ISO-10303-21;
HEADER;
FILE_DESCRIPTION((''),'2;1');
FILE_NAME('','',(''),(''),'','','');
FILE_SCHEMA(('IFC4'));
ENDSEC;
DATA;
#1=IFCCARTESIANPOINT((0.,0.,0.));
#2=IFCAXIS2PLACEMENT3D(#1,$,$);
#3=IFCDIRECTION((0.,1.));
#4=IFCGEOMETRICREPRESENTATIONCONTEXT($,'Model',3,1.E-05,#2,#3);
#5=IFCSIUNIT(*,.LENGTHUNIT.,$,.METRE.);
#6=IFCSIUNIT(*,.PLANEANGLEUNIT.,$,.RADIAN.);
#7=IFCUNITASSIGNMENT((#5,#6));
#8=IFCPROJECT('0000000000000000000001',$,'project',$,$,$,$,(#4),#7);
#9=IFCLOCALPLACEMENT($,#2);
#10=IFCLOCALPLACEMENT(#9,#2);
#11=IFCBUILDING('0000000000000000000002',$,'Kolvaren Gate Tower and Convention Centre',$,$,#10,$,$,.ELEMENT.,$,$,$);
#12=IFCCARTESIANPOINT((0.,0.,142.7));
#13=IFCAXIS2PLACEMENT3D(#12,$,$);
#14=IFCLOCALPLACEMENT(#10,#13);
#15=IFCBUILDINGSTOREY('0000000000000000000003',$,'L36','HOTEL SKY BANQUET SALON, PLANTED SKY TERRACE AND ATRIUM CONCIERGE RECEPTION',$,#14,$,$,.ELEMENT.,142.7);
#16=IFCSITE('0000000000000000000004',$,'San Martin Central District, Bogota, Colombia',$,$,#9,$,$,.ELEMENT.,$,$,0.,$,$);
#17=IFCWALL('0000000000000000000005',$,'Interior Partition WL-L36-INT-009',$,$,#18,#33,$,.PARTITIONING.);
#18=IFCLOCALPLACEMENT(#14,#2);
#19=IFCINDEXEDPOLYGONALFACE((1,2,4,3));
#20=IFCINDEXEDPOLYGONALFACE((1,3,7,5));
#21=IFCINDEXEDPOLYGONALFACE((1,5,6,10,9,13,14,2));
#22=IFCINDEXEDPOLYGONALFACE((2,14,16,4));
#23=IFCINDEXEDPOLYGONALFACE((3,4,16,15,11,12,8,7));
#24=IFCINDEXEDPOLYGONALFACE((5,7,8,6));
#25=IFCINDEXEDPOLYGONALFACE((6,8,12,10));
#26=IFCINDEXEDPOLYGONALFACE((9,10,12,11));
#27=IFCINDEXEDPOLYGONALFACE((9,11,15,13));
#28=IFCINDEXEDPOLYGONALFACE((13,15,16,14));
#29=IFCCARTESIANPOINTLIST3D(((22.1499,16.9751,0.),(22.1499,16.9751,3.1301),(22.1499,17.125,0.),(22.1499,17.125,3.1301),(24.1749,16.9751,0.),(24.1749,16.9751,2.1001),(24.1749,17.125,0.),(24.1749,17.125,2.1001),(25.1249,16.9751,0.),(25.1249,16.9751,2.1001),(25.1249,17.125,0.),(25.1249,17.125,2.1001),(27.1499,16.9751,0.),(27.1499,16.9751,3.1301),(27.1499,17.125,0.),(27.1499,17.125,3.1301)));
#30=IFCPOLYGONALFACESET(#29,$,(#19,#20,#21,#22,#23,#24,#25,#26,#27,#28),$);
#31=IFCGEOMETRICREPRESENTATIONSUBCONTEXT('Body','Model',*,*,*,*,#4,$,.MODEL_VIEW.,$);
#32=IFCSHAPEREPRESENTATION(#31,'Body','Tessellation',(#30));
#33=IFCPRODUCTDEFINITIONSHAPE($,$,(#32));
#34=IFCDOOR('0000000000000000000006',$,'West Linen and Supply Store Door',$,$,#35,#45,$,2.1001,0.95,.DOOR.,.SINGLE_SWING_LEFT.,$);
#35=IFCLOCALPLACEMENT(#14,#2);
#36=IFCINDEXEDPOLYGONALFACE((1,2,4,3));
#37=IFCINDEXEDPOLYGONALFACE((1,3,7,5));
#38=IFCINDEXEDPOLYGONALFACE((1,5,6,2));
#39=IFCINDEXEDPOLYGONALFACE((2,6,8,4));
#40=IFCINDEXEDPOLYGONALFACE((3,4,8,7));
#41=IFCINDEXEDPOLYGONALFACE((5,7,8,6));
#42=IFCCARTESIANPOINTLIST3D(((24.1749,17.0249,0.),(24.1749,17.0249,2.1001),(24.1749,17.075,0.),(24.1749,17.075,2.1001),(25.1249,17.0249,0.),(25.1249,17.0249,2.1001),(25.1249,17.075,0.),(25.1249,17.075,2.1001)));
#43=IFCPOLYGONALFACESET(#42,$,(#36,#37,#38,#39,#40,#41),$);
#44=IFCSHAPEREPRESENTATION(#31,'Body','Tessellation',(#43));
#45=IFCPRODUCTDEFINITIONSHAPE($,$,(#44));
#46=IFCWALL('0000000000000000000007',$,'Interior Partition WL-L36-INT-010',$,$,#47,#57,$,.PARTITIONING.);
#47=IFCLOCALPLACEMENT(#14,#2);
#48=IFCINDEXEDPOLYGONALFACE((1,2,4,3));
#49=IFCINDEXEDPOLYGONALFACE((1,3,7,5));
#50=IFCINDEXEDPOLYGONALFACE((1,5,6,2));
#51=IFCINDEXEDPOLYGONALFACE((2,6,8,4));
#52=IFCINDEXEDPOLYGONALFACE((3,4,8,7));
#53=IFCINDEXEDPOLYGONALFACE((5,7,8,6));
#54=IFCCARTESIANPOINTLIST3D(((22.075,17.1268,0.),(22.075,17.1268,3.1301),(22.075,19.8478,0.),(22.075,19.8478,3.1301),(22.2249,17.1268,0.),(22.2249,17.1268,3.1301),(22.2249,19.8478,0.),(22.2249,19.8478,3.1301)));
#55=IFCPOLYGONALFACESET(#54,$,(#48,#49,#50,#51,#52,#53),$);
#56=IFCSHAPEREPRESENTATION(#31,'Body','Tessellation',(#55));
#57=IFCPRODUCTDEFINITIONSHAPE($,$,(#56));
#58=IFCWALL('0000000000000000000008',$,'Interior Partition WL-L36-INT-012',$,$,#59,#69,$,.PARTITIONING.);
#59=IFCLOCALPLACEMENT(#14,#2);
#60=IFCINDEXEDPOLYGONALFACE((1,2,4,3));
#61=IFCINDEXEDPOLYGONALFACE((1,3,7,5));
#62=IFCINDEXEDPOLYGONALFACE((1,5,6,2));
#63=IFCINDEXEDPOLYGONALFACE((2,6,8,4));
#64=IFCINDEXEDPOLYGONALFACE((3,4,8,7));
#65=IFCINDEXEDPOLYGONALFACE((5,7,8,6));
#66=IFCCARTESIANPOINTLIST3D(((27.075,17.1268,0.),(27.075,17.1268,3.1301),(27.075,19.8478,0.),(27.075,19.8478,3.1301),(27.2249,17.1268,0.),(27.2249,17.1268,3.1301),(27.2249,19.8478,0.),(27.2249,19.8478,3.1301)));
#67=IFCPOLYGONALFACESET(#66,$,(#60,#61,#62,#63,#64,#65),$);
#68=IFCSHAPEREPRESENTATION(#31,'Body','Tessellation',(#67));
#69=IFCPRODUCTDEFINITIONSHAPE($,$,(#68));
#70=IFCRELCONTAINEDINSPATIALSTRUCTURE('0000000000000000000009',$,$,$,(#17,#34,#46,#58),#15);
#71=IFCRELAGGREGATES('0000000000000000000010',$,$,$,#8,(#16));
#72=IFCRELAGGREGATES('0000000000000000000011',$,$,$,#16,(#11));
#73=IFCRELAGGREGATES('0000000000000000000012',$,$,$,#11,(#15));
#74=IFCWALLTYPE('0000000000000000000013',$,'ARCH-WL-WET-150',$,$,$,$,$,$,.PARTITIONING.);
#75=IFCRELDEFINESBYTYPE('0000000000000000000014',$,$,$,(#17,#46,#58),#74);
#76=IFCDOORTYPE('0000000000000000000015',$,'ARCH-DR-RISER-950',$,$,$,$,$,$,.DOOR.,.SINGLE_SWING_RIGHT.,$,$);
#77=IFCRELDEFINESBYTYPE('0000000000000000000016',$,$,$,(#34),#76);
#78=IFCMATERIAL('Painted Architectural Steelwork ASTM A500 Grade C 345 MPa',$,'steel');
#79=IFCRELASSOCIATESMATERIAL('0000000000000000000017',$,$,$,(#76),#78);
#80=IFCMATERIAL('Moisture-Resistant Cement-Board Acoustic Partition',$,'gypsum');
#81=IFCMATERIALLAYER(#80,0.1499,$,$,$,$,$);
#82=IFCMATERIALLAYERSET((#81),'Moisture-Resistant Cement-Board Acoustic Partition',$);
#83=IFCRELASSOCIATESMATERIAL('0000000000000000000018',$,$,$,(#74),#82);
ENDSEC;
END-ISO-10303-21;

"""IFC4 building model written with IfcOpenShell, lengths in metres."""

from ifc_helpers import new_model, si_unit, direction, frame, frame_2d, origin, place, context, subcontext, project, spatial, rectangle, extrude, material, layer, layer_set, type_object, element, fill, save


model = new_model("IFC4")

# Units and contexts
model_context = context("Model", 3, precision=1e-05, world=origin(), true_north=direction((0.0, 1.0)))
body_context = subcontext(model_context, "Body", "Model", "MODEL_VIEW")
ifc_project = project(units=[si_unit("LENGTHUNIT", "METRE"), si_unit("PLANEANGLEUNIT", "RADIAN")], contexts=[model_context])

# Site, building, storey
site_placement = place(None, origin())
site = spatial("IfcSite", under=ifc_project, at=site_placement, Name="San Martin Central District, Bogota, Colombia", CompositionType="ELEMENT", RefElevation=0.0)
building_placement = place(site_placement, origin())
building = spatial("IfcBuilding", under=site, at=building_placement, Name="Kolvaren Gate Tower and Convention Centre", CompositionType="ELEMENT")
storey_placement = place(building_placement, frame((0.0, 0.0, 142.7)))
storey = spatial("IfcBuildingStorey", under=building, at=storey_placement, Name="L36", Description="HOTEL SKY BANQUET SALON, PLANTED SKY TERRACE AND ATRIUM CONCIERGE RECEPTION", CompositionType="ELEMENT", Elevation=142.7)

# Shared definitions
ifc_material_1 = material(Name="Painted Architectural Steelwork ASTM A500 Grade C 345 MPa", Category="steel")
door_type_1 = type_object("IfcDoorType", Name="ARCH-DR-RISER-950", OperationType="SINGLE_SWING_RIGHT", PredefinedType="DOOR", material=ifc_material_1)

# Wall, opening, door
ifc_material_2 = material(Name="Moisture-Resistant Cement-Board Acoustic Partition", Category="gypsum")
ifc_layer_1 = layer(ifc_material_2, 0.1499)
ifc_layer_set_1 = layer_set([ifc_layer_1], Name="Moisture-Resistant Cement-Board Acoustic Partition")
wall_type_1 = type_object("IfcWallType", Name="ARCH-WL-WET-150", PredefinedType="PARTITIONING", material=ifc_layer_set_1)
wall_1_placement = place(storey_placement, frame((22.1499, 17.05, 0.0), z_axis=(0.0, 0.0, 1.0), x_axis=(1.0, 0.0, 0.0)))
wall_1 = element("IfcWall", 1, at=wall_1_placement, inside=storey, type_object=wall_type_1, Name="Interior Partition WL-L36-INT-009", PredefinedType="PARTITIONING", context=body_context, shape_type="SweptSolid", body=[
    extrude(rectangle(XDim=5.0, YDim=0.1499, at=frame_2d((2.5, 0.0))), origin(), (0.0, 0.0, 1.0), 3.1301),
])
opening_1_placement = place(wall_1_placement, frame((2.0249, 0.0, 0.0)))
opening_1 = element("IfcOpeningElement", 2, at=opening_1_placement, cuts=wall_1, PredefinedType="OPENING", context=body_context, shape_type="SweptSolid", body=[
    extrude(rectangle(XDim=0.95, YDim=2.1001, at=frame_2d((0.4751, 1.05))), frame((0.0, 0.085, 0.0), z_axis=(0.0, -1.0, 0.0), x_axis=(1.0, 0.0, 0.0)), (0.0, 0.0, 1.0), 0.1699),
])
door_1_placement = place(opening_1_placement, origin())
door_1 = element("IfcDoor", 3, at=door_1_placement, inside=storey, type_object=door_type_1, Name="West Linen and Supply Store Door", OperationType="SINGLE_SWING_LEFT", OverallHeight=2.1001, OverallWidth=0.95, PredefinedType="DOOR", context=body_context, shape_type="SweptSolid", body=[
    extrude(rectangle(XDim=0.95, YDim=2.1001, at=frame_2d((0.4751, 1.05))), frame((0.0, 0.0249, 0.0), z_axis=(0.0, -1.0, 0.0), x_axis=(1.0, 0.0, 0.0)), (0.0, 0.0, 1.0), 0.05),
])
fill(opening_1, door_1)

# Walls
for number, where, z_axis, x_axis, name in (
    (4, (22.1499, 17.127, 0.0), (0.0, 0.0, 1.0), (0.0, 1.0, 0.0), "Interior Partition WL-L36-INT-010"),
    (5, (27.1499, 17.127, 0.0), (0.0, 0.0, 1.0), (0.0, 1.0, 0.0), "Interior Partition WL-L36-INT-012"),
):
    element("IfcWall", number, at=place(storey_placement, frame(where, z_axis=z_axis, x_axis=x_axis)), inside=storey, type_object=wall_type_1, Name=name, PredefinedType="PARTITIONING", context=body_context, shape_type="SweptSolid", body=[
        extrude(rectangle(XDim=2.7209, YDim=0.1499, at=frame_2d((1.3604, 0.0))), origin(), (0.0, 0.0, 1.0), 3.1301),
    ])

save(model, "model.ifc")
